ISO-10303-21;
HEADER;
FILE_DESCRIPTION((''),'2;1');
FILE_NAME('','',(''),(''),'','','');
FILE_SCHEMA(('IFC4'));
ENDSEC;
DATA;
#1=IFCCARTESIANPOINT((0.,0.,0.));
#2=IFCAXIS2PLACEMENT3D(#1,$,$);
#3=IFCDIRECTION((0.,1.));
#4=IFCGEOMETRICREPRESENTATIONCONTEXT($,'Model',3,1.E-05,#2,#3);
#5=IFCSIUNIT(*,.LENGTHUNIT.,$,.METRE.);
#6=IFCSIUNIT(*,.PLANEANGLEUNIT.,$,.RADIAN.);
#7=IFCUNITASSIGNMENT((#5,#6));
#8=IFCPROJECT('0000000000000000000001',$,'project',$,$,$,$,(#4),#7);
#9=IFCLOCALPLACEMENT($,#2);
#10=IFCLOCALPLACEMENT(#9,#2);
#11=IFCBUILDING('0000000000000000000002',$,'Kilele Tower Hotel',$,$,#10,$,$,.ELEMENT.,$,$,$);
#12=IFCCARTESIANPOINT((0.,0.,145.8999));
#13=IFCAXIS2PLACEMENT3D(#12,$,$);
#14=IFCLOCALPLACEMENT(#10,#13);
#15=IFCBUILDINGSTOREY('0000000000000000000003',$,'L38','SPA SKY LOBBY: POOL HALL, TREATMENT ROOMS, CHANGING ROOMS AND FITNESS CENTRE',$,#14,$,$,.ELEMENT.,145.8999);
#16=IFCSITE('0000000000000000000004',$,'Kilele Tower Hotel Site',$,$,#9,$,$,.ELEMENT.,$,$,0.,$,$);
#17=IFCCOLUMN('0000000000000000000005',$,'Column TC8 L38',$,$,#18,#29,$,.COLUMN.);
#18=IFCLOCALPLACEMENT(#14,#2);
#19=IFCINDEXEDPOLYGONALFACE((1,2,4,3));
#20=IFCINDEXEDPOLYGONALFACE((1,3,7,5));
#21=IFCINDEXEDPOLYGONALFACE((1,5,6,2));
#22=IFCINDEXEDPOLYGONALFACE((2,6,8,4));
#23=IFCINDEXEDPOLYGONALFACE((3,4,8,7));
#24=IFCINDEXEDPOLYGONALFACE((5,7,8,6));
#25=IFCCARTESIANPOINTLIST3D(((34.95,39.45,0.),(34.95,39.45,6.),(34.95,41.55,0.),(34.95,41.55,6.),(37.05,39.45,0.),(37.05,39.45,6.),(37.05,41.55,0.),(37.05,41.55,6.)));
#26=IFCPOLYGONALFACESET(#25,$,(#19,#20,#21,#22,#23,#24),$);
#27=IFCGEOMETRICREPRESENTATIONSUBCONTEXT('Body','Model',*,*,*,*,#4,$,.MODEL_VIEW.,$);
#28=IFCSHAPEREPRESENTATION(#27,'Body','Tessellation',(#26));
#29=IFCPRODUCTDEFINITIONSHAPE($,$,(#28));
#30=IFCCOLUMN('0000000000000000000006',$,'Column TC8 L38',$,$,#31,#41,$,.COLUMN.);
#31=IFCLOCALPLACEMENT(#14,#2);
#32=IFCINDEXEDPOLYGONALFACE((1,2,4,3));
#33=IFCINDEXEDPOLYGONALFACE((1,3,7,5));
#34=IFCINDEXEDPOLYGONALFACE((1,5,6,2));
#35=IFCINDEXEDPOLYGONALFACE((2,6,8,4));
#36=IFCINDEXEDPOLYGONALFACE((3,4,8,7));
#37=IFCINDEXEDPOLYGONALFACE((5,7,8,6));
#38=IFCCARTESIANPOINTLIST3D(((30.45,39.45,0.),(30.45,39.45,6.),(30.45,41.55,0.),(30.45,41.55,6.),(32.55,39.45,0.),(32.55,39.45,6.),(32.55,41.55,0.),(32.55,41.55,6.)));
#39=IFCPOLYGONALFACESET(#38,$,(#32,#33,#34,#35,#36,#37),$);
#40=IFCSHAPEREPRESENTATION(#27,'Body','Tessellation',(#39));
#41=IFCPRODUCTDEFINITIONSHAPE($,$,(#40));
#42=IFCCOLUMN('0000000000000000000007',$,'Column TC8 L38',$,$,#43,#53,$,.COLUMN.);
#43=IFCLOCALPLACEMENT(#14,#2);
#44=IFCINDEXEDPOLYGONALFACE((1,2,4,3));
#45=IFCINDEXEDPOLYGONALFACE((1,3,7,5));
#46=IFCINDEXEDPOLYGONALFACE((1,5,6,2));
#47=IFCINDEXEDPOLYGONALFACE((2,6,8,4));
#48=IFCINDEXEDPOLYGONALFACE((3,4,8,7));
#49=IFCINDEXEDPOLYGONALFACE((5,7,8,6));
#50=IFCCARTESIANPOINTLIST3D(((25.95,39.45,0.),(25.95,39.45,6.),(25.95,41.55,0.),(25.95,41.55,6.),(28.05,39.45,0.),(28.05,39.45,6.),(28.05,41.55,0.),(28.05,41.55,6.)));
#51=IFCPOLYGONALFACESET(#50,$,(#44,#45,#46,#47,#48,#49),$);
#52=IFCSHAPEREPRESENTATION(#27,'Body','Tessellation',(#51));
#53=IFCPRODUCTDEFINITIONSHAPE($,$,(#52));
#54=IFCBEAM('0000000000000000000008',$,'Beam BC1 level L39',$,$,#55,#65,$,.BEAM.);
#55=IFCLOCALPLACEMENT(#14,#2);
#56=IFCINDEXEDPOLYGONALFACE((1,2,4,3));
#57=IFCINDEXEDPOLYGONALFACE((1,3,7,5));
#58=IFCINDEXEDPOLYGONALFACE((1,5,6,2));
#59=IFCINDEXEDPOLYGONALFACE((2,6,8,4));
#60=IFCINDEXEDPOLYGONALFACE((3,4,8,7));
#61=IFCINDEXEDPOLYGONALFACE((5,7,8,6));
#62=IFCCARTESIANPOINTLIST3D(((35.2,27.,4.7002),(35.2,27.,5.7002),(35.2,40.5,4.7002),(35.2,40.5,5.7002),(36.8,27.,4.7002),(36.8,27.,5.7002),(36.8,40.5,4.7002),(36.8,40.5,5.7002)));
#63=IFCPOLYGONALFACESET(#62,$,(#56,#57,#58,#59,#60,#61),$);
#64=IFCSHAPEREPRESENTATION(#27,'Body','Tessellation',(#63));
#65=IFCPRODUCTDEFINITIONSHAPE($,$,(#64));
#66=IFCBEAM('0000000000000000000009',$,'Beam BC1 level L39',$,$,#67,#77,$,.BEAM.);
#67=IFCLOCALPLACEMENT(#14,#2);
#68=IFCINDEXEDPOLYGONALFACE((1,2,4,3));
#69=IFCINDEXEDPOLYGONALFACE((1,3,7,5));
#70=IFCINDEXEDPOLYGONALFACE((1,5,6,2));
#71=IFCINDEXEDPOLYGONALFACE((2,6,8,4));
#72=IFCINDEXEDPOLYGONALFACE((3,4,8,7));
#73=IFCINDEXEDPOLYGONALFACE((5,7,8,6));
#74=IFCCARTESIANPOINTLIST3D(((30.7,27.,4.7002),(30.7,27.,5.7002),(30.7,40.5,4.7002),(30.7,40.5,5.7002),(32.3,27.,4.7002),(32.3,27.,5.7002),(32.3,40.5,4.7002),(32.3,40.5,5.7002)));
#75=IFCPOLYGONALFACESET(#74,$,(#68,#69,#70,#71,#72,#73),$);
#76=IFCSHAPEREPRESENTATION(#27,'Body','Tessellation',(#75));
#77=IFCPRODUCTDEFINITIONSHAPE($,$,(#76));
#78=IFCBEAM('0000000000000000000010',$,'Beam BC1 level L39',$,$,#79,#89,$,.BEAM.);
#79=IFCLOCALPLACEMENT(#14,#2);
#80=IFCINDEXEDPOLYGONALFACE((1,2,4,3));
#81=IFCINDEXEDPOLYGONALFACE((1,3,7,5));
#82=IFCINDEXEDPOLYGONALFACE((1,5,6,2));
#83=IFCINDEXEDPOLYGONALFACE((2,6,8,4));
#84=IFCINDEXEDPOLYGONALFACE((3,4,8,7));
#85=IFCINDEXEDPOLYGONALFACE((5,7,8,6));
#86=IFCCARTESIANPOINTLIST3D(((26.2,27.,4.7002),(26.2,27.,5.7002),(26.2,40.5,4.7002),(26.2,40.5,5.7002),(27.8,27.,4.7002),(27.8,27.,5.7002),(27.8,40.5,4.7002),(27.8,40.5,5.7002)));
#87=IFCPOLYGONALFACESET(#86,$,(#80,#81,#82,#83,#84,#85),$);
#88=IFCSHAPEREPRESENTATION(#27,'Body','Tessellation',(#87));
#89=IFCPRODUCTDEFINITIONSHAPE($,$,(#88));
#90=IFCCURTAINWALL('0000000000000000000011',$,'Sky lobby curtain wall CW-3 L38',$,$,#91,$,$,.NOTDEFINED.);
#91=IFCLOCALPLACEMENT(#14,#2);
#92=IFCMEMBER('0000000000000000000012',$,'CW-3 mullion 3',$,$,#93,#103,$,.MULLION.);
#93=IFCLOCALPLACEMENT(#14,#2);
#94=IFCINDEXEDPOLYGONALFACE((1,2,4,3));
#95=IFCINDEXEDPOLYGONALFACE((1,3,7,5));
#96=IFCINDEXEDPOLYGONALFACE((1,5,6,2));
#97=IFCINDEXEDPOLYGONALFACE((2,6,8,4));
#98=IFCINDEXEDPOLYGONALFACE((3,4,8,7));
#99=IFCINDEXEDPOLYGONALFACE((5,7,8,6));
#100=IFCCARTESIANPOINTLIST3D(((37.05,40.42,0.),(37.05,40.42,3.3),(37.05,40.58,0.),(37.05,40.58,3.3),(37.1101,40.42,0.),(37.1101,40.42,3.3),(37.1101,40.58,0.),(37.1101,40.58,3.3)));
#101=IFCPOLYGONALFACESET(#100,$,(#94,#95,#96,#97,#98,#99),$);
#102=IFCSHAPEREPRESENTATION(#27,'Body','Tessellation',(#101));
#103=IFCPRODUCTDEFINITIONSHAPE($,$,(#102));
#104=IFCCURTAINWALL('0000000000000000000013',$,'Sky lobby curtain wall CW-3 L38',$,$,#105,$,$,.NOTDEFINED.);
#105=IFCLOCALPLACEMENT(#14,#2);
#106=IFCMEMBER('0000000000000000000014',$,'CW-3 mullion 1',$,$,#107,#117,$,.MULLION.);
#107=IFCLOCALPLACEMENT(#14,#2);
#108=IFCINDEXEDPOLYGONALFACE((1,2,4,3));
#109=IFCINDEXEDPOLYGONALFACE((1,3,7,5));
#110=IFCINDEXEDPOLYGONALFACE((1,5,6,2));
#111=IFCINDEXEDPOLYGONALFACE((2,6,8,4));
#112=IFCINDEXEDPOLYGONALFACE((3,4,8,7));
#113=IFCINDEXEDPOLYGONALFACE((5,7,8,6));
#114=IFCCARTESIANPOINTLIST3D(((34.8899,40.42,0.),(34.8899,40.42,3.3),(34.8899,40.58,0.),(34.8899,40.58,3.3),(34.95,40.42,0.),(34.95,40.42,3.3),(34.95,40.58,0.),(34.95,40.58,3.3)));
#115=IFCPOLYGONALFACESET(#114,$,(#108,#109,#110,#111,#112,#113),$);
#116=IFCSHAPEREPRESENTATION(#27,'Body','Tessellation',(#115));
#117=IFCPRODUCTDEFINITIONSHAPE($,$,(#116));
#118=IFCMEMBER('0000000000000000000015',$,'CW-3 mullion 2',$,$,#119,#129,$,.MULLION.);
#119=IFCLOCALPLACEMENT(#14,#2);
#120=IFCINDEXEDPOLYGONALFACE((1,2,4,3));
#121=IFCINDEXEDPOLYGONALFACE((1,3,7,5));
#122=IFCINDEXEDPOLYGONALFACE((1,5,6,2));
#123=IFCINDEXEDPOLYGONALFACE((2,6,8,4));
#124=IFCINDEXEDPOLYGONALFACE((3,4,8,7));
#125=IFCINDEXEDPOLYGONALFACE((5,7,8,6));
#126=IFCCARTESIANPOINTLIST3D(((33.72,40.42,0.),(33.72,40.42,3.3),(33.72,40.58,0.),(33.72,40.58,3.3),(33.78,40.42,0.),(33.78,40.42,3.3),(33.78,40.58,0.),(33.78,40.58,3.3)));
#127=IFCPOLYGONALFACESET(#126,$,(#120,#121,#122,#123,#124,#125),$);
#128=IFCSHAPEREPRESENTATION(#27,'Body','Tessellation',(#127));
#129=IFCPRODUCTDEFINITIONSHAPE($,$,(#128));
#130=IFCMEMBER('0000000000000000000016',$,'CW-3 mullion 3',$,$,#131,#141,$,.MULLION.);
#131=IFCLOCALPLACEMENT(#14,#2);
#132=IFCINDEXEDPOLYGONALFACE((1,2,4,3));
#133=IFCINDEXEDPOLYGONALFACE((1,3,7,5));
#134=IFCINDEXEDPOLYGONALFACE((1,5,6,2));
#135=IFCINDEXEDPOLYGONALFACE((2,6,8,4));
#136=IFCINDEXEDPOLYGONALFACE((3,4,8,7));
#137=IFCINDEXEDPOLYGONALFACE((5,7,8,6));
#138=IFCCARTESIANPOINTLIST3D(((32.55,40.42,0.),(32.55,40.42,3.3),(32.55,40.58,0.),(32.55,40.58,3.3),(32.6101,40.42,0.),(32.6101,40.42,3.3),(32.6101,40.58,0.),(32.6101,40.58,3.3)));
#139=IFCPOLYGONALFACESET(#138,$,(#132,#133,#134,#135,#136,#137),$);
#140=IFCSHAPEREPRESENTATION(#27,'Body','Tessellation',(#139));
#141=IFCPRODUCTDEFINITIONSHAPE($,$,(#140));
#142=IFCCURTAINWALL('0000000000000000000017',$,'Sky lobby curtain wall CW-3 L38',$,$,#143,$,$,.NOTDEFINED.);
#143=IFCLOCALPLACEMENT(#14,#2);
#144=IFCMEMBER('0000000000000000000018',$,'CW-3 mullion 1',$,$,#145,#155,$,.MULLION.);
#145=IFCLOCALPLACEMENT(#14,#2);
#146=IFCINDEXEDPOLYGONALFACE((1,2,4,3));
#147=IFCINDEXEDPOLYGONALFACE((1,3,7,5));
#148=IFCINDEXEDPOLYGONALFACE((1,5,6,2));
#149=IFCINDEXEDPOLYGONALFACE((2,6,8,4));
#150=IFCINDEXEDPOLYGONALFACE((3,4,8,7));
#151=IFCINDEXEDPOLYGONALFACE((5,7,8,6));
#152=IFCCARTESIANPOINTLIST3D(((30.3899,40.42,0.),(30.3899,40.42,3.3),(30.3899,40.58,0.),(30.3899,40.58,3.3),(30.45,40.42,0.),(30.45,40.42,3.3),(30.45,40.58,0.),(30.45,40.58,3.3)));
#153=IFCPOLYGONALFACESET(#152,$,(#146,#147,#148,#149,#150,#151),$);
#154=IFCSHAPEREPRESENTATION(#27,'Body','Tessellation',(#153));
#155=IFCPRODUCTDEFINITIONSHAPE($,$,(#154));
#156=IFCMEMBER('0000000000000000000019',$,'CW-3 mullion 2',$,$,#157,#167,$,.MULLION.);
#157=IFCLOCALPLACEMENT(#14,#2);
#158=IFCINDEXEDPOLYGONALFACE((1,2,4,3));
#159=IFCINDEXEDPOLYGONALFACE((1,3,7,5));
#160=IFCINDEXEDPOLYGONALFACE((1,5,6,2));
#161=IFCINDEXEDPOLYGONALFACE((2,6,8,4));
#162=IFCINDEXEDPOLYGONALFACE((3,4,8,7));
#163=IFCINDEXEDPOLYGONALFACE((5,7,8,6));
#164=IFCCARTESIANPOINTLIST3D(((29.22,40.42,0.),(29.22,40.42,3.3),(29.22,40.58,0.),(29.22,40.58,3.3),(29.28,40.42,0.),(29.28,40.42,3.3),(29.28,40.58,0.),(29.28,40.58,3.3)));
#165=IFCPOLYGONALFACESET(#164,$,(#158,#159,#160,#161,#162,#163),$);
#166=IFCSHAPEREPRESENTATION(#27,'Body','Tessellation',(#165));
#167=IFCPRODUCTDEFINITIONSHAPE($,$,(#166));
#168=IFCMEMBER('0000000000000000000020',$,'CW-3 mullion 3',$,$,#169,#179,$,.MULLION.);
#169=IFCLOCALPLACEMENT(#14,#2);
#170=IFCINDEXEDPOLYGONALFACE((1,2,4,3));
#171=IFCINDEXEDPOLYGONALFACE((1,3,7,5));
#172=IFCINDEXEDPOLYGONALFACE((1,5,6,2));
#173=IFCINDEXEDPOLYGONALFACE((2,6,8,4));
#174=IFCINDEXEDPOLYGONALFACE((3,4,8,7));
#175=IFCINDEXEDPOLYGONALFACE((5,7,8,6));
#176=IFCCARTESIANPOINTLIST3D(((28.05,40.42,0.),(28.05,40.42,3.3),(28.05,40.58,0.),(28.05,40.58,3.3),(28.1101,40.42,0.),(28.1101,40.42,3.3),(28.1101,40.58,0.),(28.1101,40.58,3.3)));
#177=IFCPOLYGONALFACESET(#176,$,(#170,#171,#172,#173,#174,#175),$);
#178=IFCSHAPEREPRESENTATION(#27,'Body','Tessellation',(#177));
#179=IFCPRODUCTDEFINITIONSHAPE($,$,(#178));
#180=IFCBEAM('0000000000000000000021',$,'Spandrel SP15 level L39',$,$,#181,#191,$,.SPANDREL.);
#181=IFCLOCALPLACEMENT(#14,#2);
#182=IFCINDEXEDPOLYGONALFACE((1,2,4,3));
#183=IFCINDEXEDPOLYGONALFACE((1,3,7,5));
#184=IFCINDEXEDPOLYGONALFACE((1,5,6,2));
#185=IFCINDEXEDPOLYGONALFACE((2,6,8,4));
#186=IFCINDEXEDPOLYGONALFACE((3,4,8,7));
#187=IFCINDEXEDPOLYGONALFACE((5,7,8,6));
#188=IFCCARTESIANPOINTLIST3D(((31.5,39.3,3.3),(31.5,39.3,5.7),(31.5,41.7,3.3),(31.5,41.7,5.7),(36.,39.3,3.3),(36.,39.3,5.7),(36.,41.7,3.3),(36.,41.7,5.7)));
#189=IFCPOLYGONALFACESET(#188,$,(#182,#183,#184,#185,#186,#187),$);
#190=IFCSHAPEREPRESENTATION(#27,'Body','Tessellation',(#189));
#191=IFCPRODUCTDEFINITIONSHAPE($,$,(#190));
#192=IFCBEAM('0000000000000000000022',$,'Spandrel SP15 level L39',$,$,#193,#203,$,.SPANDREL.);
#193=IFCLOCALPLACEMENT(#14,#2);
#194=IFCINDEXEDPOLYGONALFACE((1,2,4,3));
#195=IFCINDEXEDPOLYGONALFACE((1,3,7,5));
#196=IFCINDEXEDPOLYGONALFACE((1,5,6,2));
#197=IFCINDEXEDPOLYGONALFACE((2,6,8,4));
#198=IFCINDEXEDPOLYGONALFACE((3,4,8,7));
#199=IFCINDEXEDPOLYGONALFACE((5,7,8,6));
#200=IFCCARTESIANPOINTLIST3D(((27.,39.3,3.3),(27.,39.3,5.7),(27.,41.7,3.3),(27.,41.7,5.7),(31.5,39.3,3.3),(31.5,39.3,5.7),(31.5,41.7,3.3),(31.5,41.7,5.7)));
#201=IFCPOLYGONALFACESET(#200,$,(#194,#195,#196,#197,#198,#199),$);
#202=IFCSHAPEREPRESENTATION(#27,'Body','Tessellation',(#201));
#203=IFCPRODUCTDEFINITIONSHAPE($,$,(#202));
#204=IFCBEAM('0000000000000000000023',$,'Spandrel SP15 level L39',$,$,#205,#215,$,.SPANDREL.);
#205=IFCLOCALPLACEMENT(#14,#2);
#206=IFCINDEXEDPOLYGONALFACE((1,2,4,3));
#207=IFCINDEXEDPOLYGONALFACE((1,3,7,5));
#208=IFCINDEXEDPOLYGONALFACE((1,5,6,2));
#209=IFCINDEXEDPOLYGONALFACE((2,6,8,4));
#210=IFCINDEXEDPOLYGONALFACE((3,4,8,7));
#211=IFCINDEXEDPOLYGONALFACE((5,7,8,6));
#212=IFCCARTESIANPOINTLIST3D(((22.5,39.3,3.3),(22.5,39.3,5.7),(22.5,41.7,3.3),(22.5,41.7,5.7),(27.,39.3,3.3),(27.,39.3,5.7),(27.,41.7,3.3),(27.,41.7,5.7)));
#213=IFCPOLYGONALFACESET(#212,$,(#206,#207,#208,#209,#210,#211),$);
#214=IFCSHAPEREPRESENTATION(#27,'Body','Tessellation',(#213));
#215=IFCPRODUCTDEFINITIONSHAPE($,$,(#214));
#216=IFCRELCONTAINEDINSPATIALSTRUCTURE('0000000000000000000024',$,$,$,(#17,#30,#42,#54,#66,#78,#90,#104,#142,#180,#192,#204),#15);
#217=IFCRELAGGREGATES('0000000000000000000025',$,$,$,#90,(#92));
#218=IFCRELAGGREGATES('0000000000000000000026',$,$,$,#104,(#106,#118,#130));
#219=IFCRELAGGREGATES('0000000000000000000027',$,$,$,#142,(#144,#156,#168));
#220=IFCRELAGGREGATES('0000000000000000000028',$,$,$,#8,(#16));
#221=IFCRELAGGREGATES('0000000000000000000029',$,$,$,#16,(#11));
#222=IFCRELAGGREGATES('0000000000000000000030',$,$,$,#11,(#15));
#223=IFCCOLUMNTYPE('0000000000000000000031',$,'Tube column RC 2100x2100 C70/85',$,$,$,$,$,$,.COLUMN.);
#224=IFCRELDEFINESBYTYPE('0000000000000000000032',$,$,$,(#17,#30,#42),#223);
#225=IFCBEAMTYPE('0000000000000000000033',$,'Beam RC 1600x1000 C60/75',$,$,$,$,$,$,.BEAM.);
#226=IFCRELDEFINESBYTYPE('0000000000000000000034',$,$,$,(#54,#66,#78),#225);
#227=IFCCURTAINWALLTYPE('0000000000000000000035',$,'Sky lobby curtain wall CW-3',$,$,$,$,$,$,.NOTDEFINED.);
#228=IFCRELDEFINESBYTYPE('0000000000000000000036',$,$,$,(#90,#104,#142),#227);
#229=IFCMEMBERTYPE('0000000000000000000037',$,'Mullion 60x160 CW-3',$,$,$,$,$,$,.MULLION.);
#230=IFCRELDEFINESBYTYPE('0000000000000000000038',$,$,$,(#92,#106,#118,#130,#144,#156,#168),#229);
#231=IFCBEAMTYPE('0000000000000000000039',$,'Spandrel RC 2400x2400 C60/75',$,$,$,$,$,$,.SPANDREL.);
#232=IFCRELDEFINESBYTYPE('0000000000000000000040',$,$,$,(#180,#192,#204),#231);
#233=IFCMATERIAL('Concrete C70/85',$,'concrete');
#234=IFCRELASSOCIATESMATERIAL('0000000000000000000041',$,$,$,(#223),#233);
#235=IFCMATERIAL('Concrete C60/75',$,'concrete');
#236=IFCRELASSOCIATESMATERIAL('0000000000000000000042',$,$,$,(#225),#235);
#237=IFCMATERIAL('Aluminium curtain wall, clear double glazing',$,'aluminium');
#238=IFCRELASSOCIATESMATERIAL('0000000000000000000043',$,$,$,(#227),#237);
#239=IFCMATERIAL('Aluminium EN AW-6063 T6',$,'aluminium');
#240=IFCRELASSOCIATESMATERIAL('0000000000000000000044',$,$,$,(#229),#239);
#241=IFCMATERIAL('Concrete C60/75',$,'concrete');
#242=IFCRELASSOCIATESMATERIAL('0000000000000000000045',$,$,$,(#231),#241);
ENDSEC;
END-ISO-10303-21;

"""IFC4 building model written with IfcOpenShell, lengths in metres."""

from ifc_helpers import new_model, si_unit, direction, frame, origin, origin_2d, place, context, subcontext, project, spatial, rectangle, extrude, material, material_profile, profile_set, type_object, element, aggregate, save


model = new_model("IFC4")

# Units and contexts
model_context = context("Model", 3, precision=1e-05, world=origin(), true_north=direction((0.0, 1.0)))
body_context = subcontext(model_context, "Body", "Model", "MODEL_VIEW")
ifc_project = project(units=[si_unit("LENGTHUNIT", "METRE"), si_unit("PLANEANGLEUNIT", "RADIAN")], contexts=[model_context])

# Site, building, storey
site_placement = place(None, origin())
site = spatial("IfcSite", under=ifc_project, at=site_placement, Name="Kilele Tower Hotel Site", CompositionType="ELEMENT", RefElevation=0.0)
building_placement = place(site_placement, origin())
building = spatial("IfcBuilding", under=site, at=building_placement, Name="Kilele Tower Hotel", CompositionType="ELEMENT")
storey_placement = place(building_placement, frame((0.0, 0.0, 145.8999)))
storey = spatial("IfcBuildingStorey", under=building, at=storey_placement, Name="L38", Description="SPA SKY LOBBY: POOL HALL, TREATMENT ROOMS, CHANGING ROOMS AND FITNESS CENTRE", CompositionType="ELEMENT", Elevation=145.8999)

# Columns
ifc_material_1 = material(Name="Concrete C70/85", Category="concrete")
ifc_material_profile_1 = material_profile(ifc_material_1, rectangle(XDim=2.1001, YDim=2.1001, at=origin_2d()))
ifc_profile_set_1 = profile_set([ifc_material_profile_1], Name="Concrete C70/85")
column_type = type_object("IfcColumnType", Name="Tube column RC 2100x2100 C70/85", PredefinedType="COLUMN", material=ifc_profile_set_1)
for number, where, z_axis, x_axis, name in (
    (1, (36.0, 40.5, 0.0), (0.0, 0.0, 1.0), (1.0, 0.0, 0.0), "Column TC8 L38"),
    (2, (31.5, 40.5, 0.0), (0.0, 0.0, 1.0), (1.0, 0.0, 0.0), "Column TC8 L38"),
    (3, (27.0, 40.5, 0.0), (0.0, 0.0, 1.0), (1.0, 0.0, 0.0), "Column TC8 L38"),
):
    element("IfcColumn", number, at=place(storey_placement, frame(where, z_axis=z_axis, x_axis=x_axis)), inside=storey, type_object=column_type, Name=name, PredefinedType="COLUMN", context=body_context, shape_type="SweptSolid", body=[
        extrude(rectangle(XDim=2.1001, YDim=2.1001, at=origin_2d()), origin(), (0.0, 0.0, 1.0), 6.0),
    ])

# Beams
ifc_material_2 = material(Name="Concrete C60/75", Category="concrete")
ifc_material_profile_2 = material_profile(ifc_material_2, rectangle(XDim=1.6001, YDim=1.0, at=origin_2d()))
ifc_profile_set_2 = profile_set([ifc_material_profile_2], Name="Concrete C60/75")
beam_type_1 = type_object("IfcBeamType", Name="Beam RC 1600x1000 C60/75", PredefinedType="BEAM", material=ifc_profile_set_2)
for number, where, z_axis, x_axis, name in (
    (4, (36.0, 40.5, 5.2002), (0.0, -1.0, 0.0), (1.0, 0.0, 0.0), "Beam BC1 level L39"),
    (5, (31.5, 40.5, 5.2002), (0.0, -1.0, 0.0), (1.0, 0.0, 0.0), "Beam BC1 level L39"),
    (6, (27.0, 40.5, 5.2002), (0.0, -1.0, 0.0), (1.0, 0.0, 0.0), "Beam BC1 level L39"),
):
    element("IfcBeam", number, at=place(storey_placement, frame(where, z_axis=z_axis, x_axis=x_axis)), inside=storey, type_object=beam_type_1, Name=name, PredefinedType="BEAM", context=body_context, shape_type="SweptSolid", body=[
        extrude(rectangle(XDim=1.6001, YDim=1.0, at=origin_2d()), origin(), (0.0, 0.0, 1.0), 13.5),
    ])

# Curtain wall, member
ifc_material_3 = material(Name="Aluminium curtain wall, clear double glazing", Category="aluminium")
curtain_wall_type = type_object("IfcCurtainWallType", Name="Sky lobby curtain wall CW-3", PredefinedType="NOTDEFINED", material=ifc_material_3)
curtain_wall_1_placement = place(storey_placement, origin())
curtain_wall_1 = element("IfcCurtainWall", 7, at=curtain_wall_1_placement, inside=storey, type_object=curtain_wall_type, Name="Sky lobby curtain wall CW-3 L38", PredefinedType="NOTDEFINED")
ifc_material_4 = material(Name="Aluminium EN AW-6063 T6", Category="aluminium")
ifc_material_profile_3 = material_profile(ifc_material_4, rectangle(XDim=0.1599, YDim=0.0601, at=origin_2d()))
ifc_profile_set_3 = profile_set([ifc_material_profile_3], Name="Aluminium EN AW-6063 T6")
member_type_1 = type_object("IfcMemberType", Name="Mullion 60x160 CW-3", PredefinedType="MULLION", material=ifc_profile_set_3)
member_1_placement = place(storey_placement, frame((37.0801, 40.5, 0.0), z_axis=(0.0, 0.0, 1.0), x_axis=(0.0, -1.0, 0.0)))
member_1 = element("IfcMember", 8, at=member_1_placement, type_object=member_type_1, Name="CW-3 mullion 3", PredefinedType="MULLION", context=body_context, shape_type="SweptSolid", body=[
    extrude(rectangle(XDim=0.1599, YDim=0.0601, at=origin_2d()), origin(), (0.0, 0.0, 1.0), 3.3),
])

# Curtain walls, members
curtain_wall_2_placement = place(storey_placement, origin())
curtain_wall_2 = element("IfcCurtainWall", 9, at=curtain_wall_2_placement, inside=storey, type_object=curtain_wall_type, Name="Sky lobby curtain wall CW-3 L38", PredefinedType="NOTDEFINED")
member_2_placement = place(storey_placement, frame((34.9199, 40.5, 0.0), z_axis=(0.0, 0.0, 1.0), x_axis=(0.0, -1.0, 0.0)))
member_2 = element("IfcMember", 10, at=member_2_placement, type_object=member_type_1, Name="CW-3 mullion 1", PredefinedType="MULLION", context=body_context, shape_type="SweptSolid", body=[
    extrude(rectangle(XDim=0.1599, YDim=0.0601, at=origin_2d()), origin(), (0.0, 0.0, 1.0), 3.3),
])
member_3_placement = place(storey_placement, frame((33.75, 40.5, 0.0), z_axis=(0.0, 0.0, 1.0), x_axis=(0.0, -1.0, 0.0)))
member_3 = element("IfcMember", 11, at=member_3_placement, type_object=member_type_1, Name="CW-3 mullion 2", PredefinedType="MULLION", context=body_context, shape_type="SweptSolid", body=[
    extrude(rectangle(XDim=0.1599, YDim=0.0601, at=origin_2d()), origin(), (0.0, 0.0, 1.0), 3.3),
])
member_4_placement = place(storey_placement, frame((32.5801, 40.5, 0.0), z_axis=(0.0, 0.0, 1.0), x_axis=(0.0, -1.0, 0.0)))
member_4 = element("IfcMember", 12, at=member_4_placement, type_object=member_type_1, Name="CW-3 mullion 3", PredefinedType="MULLION", context=body_context, shape_type="SweptSolid", body=[
    extrude(rectangle(XDim=0.1599, YDim=0.0601, at=origin_2d()), origin(), (0.0, 0.0, 1.0), 3.3),
])
curtain_wall_3_placement = place(storey_placement, origin())
curtain_wall_3 = element("IfcCurtainWall", 13, at=curtain_wall_3_placement, inside=storey, type_object=curtain_wall_type, Name="Sky lobby curtain wall CW-3 L38", PredefinedType="NOTDEFINED")
member_5_placement = place(storey_placement, frame((30.4199, 40.5, 0.0), z_axis=(0.0, 0.0, 1.0), x_axis=(0.0, -1.0, 0.0)))
member_5 = element("IfcMember", 14, at=member_5_placement, type_object=member_type_1, Name="CW-3 mullion 1", PredefinedType="MULLION", context=body_context, shape_type="SweptSolid", body=[
    extrude(rectangle(XDim=0.1599, YDim=0.0601, at=origin_2d()), origin(), (0.0, 0.0, 1.0), 3.3),
])
member_6_placement = place(storey_placement, frame((29.25, 40.5, 0.0), z_axis=(0.0, 0.0, 1.0), x_axis=(0.0, -1.0, 0.0)))
member_6 = element("IfcMember", 15, at=member_6_placement, type_object=member_type_1, Name="CW-3 mullion 2", PredefinedType="MULLION", context=body_context, shape_type="SweptSolid", body=[
    extrude(rectangle(XDim=0.1599, YDim=0.0601, at=origin_2d()), origin(), (0.0, 0.0, 1.0), 3.3),
])
member_7_placement = place(storey_placement, frame((28.0801, 40.5, 0.0), z_axis=(0.0, 0.0, 1.0), x_axis=(0.0, -1.0, 0.0)))
member_7 = element("IfcMember", 16, at=member_7_placement, type_object=member_type_1, Name="CW-3 mullion 3", PredefinedType="MULLION", context=body_context, shape_type="SweptSolid", body=[
    extrude(rectangle(XDim=0.1599, YDim=0.0601, at=origin_2d()), origin(), (0.0, 0.0, 1.0), 3.3),
])

# Beams
ifc_material_5 = material(Name="Concrete C60/75", Category="concrete")
ifc_material_profile_4 = material_profile(ifc_material_5, rectangle(XDim=2.3999, YDim=2.3999, at=origin_2d()))
ifc_profile_set_4 = profile_set([ifc_material_profile_4], Name="Concrete C60/75")
beam_type_2 = type_object("IfcBeamType", Name="Spandrel RC 2400x2400 C60/75", PredefinedType="SPANDREL", material=ifc_profile_set_4)
for number, where, z_axis, x_axis, name in (
    (17, (36.0, 40.5, 4.5), (-1.0, 0.0, 0.0), (0.0, -1.0, 0.0), "Spandrel SP15 level L39"),
    (18, (31.5, 40.5, 4.5), (-1.0, 0.0, 0.0), (0.0, -1.0, 0.0), "Spandrel SP15 level L39"),
    (19, (27.0, 40.5, 4.5), (-1.0, 0.0, 0.0), (0.0, -1.0, 0.0), "Spandrel SP15 level L39"),
):
    element("IfcBeam", number, at=place(storey_placement, frame(where, z_axis=z_axis, x_axis=x_axis)), inside=storey, type_object=beam_type_2, Name=name, PredefinedType="SPANDREL", context=body_context, shape_type="SweptSolid", body=[
        extrude(rectangle(XDim=2.3999, YDim=2.3999, at=origin_2d()), origin(), (0.0, 0.0, 1.0), 4.5),
    ])

aggregate(curtain_wall_1, [member_1])
aggregate(curtain_wall_2, [member_2, member_3, member_4])
aggregate(curtain_wall_3, [member_5, member_6, member_7])

save(model, "model.ifc")
